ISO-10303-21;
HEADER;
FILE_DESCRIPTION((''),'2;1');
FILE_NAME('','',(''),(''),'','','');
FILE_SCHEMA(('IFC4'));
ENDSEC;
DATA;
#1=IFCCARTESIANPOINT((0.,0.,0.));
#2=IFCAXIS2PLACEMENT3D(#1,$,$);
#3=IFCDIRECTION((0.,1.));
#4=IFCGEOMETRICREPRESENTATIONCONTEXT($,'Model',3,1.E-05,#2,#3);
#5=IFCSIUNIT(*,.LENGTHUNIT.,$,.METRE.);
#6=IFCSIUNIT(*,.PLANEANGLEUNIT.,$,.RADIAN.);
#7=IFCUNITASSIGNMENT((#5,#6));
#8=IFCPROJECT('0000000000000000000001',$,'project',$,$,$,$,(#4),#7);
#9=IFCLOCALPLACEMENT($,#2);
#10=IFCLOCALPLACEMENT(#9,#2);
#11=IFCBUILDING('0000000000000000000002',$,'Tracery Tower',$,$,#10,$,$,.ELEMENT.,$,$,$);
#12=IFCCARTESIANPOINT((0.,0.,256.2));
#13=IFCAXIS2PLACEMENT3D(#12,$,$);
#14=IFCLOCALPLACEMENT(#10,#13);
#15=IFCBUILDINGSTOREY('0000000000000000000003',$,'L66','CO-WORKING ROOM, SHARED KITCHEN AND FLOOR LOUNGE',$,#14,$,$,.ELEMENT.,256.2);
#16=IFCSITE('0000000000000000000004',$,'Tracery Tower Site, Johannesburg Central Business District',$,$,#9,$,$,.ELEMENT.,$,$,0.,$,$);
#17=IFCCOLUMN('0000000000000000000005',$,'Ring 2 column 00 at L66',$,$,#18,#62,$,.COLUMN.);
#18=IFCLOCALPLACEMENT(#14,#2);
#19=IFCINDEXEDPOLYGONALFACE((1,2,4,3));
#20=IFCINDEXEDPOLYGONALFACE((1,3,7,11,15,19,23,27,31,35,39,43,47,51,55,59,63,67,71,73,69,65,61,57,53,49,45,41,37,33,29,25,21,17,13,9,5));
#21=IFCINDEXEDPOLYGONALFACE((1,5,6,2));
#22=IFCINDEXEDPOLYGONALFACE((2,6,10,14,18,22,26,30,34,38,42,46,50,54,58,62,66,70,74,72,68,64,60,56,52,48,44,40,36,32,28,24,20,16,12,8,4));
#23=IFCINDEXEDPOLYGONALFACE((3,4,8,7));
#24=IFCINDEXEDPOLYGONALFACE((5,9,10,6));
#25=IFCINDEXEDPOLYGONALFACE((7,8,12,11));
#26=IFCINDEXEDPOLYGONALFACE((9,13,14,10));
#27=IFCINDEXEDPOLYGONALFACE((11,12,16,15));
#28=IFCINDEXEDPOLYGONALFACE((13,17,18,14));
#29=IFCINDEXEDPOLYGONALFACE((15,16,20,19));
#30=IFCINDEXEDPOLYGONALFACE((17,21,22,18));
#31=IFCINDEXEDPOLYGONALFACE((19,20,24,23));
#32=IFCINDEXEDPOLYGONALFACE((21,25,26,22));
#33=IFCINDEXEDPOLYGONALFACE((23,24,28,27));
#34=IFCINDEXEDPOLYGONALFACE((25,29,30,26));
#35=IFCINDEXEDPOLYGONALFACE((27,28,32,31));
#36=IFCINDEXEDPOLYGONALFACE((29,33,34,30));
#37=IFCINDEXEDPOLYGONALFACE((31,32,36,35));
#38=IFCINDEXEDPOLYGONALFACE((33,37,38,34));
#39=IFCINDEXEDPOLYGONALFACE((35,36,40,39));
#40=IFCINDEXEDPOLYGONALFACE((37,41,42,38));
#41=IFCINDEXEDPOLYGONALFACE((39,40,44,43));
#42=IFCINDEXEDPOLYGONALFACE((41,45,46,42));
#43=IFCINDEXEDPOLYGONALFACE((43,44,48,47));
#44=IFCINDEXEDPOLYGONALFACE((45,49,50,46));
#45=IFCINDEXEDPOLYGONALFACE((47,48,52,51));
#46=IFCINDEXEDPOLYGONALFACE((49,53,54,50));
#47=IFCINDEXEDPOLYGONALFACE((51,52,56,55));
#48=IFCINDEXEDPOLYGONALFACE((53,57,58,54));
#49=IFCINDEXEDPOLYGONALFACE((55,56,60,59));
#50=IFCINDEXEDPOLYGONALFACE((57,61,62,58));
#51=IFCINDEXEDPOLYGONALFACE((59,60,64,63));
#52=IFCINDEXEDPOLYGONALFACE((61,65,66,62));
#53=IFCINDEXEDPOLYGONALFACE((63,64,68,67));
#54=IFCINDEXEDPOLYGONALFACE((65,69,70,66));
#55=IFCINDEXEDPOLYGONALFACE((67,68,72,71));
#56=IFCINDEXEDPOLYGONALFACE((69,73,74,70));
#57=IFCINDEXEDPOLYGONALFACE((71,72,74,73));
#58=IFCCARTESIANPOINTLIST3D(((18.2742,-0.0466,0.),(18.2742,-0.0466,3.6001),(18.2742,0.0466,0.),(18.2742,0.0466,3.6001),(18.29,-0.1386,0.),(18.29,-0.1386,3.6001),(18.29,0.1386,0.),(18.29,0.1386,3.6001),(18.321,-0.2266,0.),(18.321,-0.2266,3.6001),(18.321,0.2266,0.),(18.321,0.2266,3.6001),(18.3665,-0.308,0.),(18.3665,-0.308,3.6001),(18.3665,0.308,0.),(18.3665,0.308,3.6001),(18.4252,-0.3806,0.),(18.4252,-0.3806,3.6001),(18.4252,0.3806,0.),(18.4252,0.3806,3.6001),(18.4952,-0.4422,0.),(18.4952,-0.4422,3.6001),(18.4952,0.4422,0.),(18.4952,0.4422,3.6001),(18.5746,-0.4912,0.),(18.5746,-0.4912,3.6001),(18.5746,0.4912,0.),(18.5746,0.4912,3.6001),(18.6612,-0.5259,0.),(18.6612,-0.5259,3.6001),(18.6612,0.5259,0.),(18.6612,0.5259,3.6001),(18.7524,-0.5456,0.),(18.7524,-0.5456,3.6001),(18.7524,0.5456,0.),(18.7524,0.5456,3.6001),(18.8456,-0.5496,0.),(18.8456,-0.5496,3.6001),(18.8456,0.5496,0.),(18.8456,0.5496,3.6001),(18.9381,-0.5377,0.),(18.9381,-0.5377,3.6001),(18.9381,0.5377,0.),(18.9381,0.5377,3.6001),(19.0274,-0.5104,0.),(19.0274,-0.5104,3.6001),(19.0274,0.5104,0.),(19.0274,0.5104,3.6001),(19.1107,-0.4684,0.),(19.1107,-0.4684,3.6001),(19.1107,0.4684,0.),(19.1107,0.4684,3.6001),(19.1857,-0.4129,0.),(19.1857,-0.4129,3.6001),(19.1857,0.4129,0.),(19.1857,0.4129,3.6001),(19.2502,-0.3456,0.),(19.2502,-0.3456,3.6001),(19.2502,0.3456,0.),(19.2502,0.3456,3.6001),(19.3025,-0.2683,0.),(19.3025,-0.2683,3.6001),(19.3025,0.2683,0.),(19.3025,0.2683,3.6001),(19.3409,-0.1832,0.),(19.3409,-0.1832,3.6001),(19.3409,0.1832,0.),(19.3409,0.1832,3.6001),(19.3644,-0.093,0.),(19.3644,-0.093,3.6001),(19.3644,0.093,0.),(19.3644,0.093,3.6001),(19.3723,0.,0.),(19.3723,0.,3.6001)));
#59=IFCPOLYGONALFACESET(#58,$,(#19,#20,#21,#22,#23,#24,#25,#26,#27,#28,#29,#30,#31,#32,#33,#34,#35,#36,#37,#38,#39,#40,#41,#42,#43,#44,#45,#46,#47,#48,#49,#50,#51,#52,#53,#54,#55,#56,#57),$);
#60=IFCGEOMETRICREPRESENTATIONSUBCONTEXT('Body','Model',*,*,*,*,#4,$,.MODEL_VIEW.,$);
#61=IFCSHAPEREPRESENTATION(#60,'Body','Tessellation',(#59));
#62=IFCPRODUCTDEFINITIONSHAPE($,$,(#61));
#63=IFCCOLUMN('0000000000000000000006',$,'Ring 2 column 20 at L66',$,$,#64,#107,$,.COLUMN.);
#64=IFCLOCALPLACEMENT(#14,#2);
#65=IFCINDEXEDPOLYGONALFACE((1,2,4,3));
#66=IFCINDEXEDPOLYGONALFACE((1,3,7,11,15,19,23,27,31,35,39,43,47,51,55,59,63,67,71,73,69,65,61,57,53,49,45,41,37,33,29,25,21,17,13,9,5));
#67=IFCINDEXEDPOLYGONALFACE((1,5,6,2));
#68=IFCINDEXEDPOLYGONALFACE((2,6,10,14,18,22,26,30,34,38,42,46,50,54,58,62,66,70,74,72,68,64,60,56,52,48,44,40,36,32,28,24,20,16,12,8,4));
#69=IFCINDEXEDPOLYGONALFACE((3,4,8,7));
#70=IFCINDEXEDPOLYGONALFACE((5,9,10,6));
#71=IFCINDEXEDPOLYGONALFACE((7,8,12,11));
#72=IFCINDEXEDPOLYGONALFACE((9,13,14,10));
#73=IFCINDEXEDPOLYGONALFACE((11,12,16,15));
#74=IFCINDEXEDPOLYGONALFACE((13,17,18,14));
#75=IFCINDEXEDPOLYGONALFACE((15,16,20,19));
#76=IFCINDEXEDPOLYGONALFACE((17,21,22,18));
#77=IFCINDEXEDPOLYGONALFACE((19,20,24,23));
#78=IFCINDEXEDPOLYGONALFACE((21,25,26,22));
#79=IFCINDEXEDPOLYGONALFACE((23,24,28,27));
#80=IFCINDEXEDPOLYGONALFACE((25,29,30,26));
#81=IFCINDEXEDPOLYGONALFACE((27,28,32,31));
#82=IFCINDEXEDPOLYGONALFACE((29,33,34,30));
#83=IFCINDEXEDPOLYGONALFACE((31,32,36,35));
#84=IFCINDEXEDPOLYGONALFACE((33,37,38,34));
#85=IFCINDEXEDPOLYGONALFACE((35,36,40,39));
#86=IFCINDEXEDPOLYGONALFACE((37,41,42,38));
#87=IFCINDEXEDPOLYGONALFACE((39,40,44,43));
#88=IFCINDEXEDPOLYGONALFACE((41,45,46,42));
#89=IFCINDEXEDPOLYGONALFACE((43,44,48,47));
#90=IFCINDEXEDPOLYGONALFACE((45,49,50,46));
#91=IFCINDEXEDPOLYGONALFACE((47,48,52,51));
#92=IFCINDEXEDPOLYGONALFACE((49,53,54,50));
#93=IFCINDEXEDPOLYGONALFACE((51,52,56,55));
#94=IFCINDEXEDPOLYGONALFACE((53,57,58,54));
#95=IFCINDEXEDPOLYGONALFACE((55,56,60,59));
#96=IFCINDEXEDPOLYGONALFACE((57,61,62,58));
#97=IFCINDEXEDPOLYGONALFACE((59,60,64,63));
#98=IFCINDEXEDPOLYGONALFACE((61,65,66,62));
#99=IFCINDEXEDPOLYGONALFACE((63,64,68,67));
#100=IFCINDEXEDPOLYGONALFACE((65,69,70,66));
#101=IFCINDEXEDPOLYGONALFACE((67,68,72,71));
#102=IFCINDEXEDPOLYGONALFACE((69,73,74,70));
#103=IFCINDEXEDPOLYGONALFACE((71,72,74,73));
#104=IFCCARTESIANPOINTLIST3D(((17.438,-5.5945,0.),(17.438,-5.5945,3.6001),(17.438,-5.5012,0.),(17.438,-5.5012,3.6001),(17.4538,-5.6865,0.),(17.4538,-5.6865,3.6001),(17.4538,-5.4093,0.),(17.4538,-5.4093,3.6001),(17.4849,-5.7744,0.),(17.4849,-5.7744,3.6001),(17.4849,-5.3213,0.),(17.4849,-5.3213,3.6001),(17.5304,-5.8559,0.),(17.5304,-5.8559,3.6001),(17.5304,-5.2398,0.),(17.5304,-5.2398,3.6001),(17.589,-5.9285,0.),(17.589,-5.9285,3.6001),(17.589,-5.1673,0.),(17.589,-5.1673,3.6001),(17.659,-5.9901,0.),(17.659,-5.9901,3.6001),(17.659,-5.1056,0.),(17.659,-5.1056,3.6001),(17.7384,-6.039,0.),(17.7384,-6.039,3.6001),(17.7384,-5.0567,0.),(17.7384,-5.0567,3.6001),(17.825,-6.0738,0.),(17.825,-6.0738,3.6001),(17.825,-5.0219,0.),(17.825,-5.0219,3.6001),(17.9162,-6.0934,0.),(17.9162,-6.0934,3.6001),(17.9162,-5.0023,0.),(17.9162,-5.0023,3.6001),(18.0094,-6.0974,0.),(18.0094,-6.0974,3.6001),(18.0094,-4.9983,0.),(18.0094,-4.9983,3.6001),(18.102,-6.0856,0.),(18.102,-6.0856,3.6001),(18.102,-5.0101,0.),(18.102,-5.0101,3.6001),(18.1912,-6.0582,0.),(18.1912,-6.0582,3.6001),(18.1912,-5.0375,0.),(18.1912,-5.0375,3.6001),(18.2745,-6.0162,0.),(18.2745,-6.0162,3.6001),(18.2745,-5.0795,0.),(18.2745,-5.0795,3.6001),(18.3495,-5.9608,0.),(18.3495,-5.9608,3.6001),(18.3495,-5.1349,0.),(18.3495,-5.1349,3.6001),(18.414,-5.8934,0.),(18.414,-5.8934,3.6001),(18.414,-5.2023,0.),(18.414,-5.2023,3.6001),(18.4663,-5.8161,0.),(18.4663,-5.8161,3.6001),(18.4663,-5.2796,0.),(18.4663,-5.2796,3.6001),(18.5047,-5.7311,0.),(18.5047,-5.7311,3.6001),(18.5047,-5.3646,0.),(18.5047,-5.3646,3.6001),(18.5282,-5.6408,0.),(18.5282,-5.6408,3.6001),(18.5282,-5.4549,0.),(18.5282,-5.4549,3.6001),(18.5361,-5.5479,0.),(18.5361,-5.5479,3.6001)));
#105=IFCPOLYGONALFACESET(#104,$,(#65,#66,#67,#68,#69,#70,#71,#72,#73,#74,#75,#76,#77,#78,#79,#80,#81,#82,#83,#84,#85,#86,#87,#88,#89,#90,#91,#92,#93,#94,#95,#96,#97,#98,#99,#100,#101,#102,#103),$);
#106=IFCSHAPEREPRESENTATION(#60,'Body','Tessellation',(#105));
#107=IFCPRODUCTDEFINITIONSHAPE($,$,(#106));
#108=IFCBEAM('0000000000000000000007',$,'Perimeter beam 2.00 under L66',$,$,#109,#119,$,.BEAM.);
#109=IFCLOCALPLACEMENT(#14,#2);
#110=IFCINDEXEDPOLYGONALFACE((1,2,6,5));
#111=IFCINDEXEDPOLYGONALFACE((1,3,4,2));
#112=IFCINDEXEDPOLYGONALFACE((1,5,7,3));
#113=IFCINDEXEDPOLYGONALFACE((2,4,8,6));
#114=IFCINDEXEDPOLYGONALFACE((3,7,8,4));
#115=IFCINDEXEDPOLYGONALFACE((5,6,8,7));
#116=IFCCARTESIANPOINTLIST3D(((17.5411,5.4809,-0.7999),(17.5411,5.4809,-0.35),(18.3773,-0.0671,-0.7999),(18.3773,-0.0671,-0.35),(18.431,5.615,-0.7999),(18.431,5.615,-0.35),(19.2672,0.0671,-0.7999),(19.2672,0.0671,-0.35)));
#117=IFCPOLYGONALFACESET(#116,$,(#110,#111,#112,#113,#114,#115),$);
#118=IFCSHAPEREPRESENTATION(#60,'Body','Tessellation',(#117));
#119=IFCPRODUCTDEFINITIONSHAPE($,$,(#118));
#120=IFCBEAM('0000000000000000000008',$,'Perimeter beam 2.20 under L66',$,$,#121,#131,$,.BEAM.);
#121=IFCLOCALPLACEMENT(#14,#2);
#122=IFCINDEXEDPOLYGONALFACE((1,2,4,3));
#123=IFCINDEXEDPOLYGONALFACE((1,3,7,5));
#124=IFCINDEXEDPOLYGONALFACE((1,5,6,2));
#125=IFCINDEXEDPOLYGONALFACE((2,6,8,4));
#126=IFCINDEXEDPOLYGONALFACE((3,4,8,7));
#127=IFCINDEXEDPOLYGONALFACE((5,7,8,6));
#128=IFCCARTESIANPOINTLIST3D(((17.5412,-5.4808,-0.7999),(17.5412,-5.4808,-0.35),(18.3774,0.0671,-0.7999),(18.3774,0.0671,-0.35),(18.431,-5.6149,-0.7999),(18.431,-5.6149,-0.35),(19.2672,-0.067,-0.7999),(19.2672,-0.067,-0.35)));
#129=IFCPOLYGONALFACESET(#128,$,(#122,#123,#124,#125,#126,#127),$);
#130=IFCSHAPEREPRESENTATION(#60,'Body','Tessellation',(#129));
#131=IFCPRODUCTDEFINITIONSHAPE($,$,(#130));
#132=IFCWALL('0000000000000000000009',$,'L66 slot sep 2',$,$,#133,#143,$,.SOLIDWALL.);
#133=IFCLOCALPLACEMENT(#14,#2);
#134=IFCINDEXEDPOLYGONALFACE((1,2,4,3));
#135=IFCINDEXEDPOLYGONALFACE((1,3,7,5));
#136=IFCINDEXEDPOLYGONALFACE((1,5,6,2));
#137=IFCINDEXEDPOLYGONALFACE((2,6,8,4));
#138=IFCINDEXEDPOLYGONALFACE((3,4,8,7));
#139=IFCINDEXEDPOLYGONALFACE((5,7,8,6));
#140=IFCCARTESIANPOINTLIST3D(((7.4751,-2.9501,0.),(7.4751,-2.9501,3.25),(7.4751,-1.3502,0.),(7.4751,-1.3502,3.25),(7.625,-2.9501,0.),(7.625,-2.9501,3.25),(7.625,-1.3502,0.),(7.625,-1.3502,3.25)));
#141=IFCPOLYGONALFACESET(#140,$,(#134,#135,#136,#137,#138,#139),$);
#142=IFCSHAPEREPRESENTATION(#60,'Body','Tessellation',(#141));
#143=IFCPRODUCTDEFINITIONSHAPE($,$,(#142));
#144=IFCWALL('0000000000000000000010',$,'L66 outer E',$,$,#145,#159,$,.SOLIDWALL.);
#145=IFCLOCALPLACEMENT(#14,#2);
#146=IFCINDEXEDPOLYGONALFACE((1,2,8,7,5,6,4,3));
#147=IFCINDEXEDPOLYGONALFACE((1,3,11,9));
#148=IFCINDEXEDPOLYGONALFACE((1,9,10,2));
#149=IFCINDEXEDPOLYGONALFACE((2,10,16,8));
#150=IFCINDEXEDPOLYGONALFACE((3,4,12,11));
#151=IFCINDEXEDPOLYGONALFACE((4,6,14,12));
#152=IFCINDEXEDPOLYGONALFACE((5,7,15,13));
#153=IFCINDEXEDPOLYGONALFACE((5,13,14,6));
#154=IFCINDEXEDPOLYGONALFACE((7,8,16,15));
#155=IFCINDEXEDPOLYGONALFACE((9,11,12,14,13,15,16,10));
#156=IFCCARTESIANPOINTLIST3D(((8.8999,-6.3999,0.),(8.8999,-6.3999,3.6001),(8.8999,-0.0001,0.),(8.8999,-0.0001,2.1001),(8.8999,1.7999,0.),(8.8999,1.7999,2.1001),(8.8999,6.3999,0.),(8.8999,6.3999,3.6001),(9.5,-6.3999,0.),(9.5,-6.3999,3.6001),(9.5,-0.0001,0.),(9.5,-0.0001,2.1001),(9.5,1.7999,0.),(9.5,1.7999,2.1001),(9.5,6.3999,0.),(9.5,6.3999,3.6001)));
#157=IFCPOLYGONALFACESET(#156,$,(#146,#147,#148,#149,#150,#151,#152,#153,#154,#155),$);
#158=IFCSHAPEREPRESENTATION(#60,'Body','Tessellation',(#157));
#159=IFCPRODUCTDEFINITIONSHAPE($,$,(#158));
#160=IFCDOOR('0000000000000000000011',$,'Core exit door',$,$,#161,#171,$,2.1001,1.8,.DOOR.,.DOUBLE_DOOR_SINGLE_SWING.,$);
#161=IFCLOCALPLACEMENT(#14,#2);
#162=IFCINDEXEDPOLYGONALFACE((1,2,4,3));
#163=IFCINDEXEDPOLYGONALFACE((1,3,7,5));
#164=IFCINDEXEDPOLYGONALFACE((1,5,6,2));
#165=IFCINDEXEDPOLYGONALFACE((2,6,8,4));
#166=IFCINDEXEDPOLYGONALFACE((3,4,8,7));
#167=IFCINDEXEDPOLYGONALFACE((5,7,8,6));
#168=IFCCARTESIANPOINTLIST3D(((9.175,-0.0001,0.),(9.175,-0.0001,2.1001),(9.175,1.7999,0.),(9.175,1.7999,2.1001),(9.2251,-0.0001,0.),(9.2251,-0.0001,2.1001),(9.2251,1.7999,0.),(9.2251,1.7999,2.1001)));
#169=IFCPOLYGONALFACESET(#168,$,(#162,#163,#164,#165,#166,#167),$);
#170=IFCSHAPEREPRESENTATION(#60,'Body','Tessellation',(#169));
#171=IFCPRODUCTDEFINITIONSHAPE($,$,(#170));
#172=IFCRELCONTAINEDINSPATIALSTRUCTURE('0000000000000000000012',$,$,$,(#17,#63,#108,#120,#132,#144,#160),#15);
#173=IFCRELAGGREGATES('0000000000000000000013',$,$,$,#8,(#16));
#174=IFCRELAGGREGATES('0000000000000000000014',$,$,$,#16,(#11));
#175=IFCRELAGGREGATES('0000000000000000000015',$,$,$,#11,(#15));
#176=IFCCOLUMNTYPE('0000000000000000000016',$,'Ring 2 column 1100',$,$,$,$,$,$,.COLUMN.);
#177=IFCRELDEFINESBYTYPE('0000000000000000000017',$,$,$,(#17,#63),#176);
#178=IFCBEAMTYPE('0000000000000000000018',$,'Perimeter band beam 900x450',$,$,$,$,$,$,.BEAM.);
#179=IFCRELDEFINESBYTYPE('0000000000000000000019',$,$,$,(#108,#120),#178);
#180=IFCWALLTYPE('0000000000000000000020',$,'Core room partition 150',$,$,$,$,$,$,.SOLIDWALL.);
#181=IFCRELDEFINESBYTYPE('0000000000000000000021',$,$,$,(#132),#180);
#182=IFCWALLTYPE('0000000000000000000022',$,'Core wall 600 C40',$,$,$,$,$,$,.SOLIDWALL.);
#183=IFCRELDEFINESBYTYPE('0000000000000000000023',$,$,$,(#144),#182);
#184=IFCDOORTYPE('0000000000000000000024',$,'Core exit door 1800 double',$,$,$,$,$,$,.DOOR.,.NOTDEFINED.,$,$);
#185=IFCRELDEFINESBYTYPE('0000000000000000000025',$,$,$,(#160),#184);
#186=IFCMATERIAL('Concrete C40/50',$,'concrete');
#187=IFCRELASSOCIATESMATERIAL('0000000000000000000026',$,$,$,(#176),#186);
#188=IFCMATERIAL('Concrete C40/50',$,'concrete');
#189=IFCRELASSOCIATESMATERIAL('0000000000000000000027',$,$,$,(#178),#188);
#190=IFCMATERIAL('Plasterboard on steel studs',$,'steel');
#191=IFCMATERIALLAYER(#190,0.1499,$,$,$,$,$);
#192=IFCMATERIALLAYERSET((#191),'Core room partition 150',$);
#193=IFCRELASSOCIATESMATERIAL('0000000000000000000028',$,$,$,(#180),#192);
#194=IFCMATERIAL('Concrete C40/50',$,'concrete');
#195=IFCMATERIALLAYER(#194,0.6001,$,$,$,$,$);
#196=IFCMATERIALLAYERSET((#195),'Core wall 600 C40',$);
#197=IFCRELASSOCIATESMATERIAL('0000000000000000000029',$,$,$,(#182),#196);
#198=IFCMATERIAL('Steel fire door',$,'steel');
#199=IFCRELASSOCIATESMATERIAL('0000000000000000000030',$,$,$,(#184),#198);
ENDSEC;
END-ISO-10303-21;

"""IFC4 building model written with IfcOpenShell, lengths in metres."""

from ifc_helpers import new_model, si_unit, direction, frame, frame_2d, origin, origin_2d, place, context, subcontext, project, spatial, rectangle, circle, extrude, material, layer, layer_set, material_profile, profile_set, type_object, element, fill, save


model = new_model("IFC4")

# Units and contexts
model_context = context("Model", 3, precision=1e-05, world=origin(), true_north=direction((0.0, 1.0)))
body_context = subcontext(model_context, "Body", "Model", "MODEL_VIEW")
ifc_project = project(units=[si_unit("LENGTHUNIT", "METRE"), si_unit("PLANEANGLEUNIT", "RADIAN")], contexts=[model_context])

# Site, building, storey
site_placement = place(None, origin())
site = spatial("IfcSite", under=ifc_project, at=site_placement, Name="Tracery Tower Site, Johannesburg Central Business District", CompositionType="ELEMENT", RefElevation=0.0)
building_placement = place(site_placement, origin())
building = spatial("IfcBuilding", under=site, at=building_placement, Name="Tracery Tower", CompositionType="ELEMENT")
storey_placement = place(building_placement, frame((0.0, 0.0, 256.2)))
storey = spatial("IfcBuildingStorey", under=building, at=storey_placement, Name="L66", Description="CO-WORKING ROOM, SHARED KITCHEN AND FLOOR LOUNGE", CompositionType="ELEMENT", Elevation=256.2)

# Columns
ifc_material_1 = material(Name="Concrete C40/50", Category="concrete")
ifc_material_profile_1 = material_profile(ifc_material_1, circle(Radius=0.55, at=origin_2d()), Name="RC D1100")
ifc_profile_set_1 = profile_set([ifc_material_profile_1], Name="Concrete C40/50")
column_type = type_object("IfcColumnType", Name="Ring 2 column 1100", PredefinedType="COLUMN", material=ifc_profile_set_1)
for number, where, z_axis, x_axis, name in (
    (1, (18.8223, 0.0, 0.0), (0.0, 0.0, 1.0), (1.0, 0.0, 0.0), "Ring 2 column 00 at L66"),
    (2, (17.9861, -5.5479, 0.0), (0.0, 0.0, 1.0), (1.0, 0.0, 0.0), "Ring 2 column 20 at L66"),
):
    element("IfcColumn", number, at=place(storey_placement, frame(where, z_axis=z_axis, x_axis=x_axis)), inside=storey, type_object=column_type, Name=name, PredefinedType="COLUMN", context=body_context, shape_type="SweptSolid", body=[
        extrude(circle(Radius=0.55, at=origin_2d()), origin(), (0.0, 0.0, 1.0), 3.6001),
    ])

# Beams
ifc_material_2 = material(Name="Concrete C40/50", Category="concrete")
ifc_material_profile_2 = material_profile(ifc_material_2, rectangle(XDim=0.8999, YDim=0.45, at=origin_2d()), Name="RC 900x450")
ifc_profile_set_2 = profile_set([ifc_material_profile_2], Name="Concrete C40/50")
beam_type = type_object("IfcBeamType", Name="Perimeter band beam 900x450", PredefinedType="BEAM", material=ifc_profile_set_2)
for number, where, z_axis, x_axis, name in (
    (3, (18.8223, 0.0, -0.575), (-0.149038, 0.988831, 0.0), (-0.988831, -0.149038, 0.0), "Perimeter beam 2.00 under L66"),
    (4, (17.9861, -5.5479, -0.575), (0.149038, 0.988831, 0.0), (-0.988831, 0.149038, 0.0), "Perimeter beam 2.20 under L66"),
):
    element("IfcBeam", number, at=place(storey_placement, frame(where, z_axis=z_axis, x_axis=x_axis)), inside=storey, type_object=beam_type, Name=name, PredefinedType="BEAM", context=body_context, shape_type="SweptSolid", body=[
        extrude(rectangle(XDim=0.8999, YDim=0.45, at=origin_2d()), origin(), (0.0, 0.0, 1.0), 5.6106),
    ])

# Wall
ifc_material_3 = material(Name="Plasterboard on steel studs", Category="steel")
ifc_layer_1 = layer(ifc_material_3, 0.1499)
ifc_layer_set_1 = layer_set([ifc_layer_1], Name="Core room partition 150")
wall_type_1 = type_object("IfcWallType", Name="Core room partition 150", PredefinedType="SOLIDWALL", material=ifc_layer_set_1)
wall_1_placement = place(storey_placement, frame((7.55, -2.95, 0.0), z_axis=(0.0, 0.0, 1.0), x_axis=(0.0, 1.0, 0.0)))
element("IfcWall", 5, at=wall_1_placement, inside=storey, type_object=wall_type_1, Name="L66 slot sep 2", PredefinedType="SOLIDWALL", context=body_context, shape_type="SweptSolid", body=[
    extrude(rectangle(XDim=1.5999, YDim=0.1499, at=frame_2d((0.7998, 0.0))), origin(), (0.0, 0.0, 1.0), 3.25),
])

# Wall, opening, door
ifc_material_4 = material(Name="Concrete C40/50", Category="concrete")
ifc_layer_2 = layer(ifc_material_4, 0.6001)
ifc_layer_set_2 = layer_set([ifc_layer_2], Name="Core wall 600 C40")
wall_type_2 = type_object("IfcWallType", Name="Core wall 600 C40", PredefinedType="SOLIDWALL", material=ifc_layer_set_2)
wall_2_placement = place(storey_placement, frame((9.2, -6.3999, 0.0), z_axis=(0.0, 0.0, 1.0), x_axis=(0.0, 1.0, 0.0)))
wall_2 = element("IfcWall", 6, at=wall_2_placement, inside=storey, type_object=wall_type_2, Name="L66 outer E", PredefinedType="SOLIDWALL", context=body_context, shape_type="SweptSolid", body=[
    extrude(rectangle(XDim=12.7998, YDim=0.6001, at=frame_2d((6.3999, 0.0))), origin(), (0.0, 0.0, 1.0), 3.6001),
])
opening_1_placement = place(wall_2_placement, frame((6.3999, 0.0, 0.0)))
opening_1 = element("IfcOpeningElement", 7, at=opening_1_placement, cuts=wall_2, PredefinedType="OPENING", context=body_context, shape_type="SweptSolid", body=[
    extrude(rectangle(XDim=1.8, YDim=2.1001, at=frame_2d((0.8999, 1.05))), frame((0.0, 0.3, 0.0), z_axis=(0.0, -1.0, 0.0), x_axis=(1.0, 0.0, 0.0)), (0.0, 0.0, 1.0), 0.6001),
])
ifc_material_5 = material(Name="Steel fire door", Category="steel")
door_type_1 = type_object("IfcDoorType", Name="Core exit door 1800 double", OperationType="NOTDEFINED", PredefinedType="DOOR", material=ifc_material_5)
door_1_placement = place(opening_1_placement, origin())
door_1 = element("IfcDoor", 8, at=door_1_placement, inside=storey, type_object=door_type_1, Name="Core exit door", OperationType="DOUBLE_DOOR_SINGLE_SWING", OverallHeight=2.1001, OverallWidth=1.8, PredefinedType="DOOR", context=body_context, shape_type="SweptSolid", body=[
    extrude(rectangle(XDim=1.8, YDim=2.1001, at=frame_2d((0.8999, 1.05))), frame((0.0, 0.0249, 0.0), z_axis=(0.0, -1.0, 0.0), x_axis=(1.0, 0.0, 0.0)), (0.0, 0.0, 1.0), 0.05),
])
fill(opening_1, door_1)

save(model, "model.ifc")
